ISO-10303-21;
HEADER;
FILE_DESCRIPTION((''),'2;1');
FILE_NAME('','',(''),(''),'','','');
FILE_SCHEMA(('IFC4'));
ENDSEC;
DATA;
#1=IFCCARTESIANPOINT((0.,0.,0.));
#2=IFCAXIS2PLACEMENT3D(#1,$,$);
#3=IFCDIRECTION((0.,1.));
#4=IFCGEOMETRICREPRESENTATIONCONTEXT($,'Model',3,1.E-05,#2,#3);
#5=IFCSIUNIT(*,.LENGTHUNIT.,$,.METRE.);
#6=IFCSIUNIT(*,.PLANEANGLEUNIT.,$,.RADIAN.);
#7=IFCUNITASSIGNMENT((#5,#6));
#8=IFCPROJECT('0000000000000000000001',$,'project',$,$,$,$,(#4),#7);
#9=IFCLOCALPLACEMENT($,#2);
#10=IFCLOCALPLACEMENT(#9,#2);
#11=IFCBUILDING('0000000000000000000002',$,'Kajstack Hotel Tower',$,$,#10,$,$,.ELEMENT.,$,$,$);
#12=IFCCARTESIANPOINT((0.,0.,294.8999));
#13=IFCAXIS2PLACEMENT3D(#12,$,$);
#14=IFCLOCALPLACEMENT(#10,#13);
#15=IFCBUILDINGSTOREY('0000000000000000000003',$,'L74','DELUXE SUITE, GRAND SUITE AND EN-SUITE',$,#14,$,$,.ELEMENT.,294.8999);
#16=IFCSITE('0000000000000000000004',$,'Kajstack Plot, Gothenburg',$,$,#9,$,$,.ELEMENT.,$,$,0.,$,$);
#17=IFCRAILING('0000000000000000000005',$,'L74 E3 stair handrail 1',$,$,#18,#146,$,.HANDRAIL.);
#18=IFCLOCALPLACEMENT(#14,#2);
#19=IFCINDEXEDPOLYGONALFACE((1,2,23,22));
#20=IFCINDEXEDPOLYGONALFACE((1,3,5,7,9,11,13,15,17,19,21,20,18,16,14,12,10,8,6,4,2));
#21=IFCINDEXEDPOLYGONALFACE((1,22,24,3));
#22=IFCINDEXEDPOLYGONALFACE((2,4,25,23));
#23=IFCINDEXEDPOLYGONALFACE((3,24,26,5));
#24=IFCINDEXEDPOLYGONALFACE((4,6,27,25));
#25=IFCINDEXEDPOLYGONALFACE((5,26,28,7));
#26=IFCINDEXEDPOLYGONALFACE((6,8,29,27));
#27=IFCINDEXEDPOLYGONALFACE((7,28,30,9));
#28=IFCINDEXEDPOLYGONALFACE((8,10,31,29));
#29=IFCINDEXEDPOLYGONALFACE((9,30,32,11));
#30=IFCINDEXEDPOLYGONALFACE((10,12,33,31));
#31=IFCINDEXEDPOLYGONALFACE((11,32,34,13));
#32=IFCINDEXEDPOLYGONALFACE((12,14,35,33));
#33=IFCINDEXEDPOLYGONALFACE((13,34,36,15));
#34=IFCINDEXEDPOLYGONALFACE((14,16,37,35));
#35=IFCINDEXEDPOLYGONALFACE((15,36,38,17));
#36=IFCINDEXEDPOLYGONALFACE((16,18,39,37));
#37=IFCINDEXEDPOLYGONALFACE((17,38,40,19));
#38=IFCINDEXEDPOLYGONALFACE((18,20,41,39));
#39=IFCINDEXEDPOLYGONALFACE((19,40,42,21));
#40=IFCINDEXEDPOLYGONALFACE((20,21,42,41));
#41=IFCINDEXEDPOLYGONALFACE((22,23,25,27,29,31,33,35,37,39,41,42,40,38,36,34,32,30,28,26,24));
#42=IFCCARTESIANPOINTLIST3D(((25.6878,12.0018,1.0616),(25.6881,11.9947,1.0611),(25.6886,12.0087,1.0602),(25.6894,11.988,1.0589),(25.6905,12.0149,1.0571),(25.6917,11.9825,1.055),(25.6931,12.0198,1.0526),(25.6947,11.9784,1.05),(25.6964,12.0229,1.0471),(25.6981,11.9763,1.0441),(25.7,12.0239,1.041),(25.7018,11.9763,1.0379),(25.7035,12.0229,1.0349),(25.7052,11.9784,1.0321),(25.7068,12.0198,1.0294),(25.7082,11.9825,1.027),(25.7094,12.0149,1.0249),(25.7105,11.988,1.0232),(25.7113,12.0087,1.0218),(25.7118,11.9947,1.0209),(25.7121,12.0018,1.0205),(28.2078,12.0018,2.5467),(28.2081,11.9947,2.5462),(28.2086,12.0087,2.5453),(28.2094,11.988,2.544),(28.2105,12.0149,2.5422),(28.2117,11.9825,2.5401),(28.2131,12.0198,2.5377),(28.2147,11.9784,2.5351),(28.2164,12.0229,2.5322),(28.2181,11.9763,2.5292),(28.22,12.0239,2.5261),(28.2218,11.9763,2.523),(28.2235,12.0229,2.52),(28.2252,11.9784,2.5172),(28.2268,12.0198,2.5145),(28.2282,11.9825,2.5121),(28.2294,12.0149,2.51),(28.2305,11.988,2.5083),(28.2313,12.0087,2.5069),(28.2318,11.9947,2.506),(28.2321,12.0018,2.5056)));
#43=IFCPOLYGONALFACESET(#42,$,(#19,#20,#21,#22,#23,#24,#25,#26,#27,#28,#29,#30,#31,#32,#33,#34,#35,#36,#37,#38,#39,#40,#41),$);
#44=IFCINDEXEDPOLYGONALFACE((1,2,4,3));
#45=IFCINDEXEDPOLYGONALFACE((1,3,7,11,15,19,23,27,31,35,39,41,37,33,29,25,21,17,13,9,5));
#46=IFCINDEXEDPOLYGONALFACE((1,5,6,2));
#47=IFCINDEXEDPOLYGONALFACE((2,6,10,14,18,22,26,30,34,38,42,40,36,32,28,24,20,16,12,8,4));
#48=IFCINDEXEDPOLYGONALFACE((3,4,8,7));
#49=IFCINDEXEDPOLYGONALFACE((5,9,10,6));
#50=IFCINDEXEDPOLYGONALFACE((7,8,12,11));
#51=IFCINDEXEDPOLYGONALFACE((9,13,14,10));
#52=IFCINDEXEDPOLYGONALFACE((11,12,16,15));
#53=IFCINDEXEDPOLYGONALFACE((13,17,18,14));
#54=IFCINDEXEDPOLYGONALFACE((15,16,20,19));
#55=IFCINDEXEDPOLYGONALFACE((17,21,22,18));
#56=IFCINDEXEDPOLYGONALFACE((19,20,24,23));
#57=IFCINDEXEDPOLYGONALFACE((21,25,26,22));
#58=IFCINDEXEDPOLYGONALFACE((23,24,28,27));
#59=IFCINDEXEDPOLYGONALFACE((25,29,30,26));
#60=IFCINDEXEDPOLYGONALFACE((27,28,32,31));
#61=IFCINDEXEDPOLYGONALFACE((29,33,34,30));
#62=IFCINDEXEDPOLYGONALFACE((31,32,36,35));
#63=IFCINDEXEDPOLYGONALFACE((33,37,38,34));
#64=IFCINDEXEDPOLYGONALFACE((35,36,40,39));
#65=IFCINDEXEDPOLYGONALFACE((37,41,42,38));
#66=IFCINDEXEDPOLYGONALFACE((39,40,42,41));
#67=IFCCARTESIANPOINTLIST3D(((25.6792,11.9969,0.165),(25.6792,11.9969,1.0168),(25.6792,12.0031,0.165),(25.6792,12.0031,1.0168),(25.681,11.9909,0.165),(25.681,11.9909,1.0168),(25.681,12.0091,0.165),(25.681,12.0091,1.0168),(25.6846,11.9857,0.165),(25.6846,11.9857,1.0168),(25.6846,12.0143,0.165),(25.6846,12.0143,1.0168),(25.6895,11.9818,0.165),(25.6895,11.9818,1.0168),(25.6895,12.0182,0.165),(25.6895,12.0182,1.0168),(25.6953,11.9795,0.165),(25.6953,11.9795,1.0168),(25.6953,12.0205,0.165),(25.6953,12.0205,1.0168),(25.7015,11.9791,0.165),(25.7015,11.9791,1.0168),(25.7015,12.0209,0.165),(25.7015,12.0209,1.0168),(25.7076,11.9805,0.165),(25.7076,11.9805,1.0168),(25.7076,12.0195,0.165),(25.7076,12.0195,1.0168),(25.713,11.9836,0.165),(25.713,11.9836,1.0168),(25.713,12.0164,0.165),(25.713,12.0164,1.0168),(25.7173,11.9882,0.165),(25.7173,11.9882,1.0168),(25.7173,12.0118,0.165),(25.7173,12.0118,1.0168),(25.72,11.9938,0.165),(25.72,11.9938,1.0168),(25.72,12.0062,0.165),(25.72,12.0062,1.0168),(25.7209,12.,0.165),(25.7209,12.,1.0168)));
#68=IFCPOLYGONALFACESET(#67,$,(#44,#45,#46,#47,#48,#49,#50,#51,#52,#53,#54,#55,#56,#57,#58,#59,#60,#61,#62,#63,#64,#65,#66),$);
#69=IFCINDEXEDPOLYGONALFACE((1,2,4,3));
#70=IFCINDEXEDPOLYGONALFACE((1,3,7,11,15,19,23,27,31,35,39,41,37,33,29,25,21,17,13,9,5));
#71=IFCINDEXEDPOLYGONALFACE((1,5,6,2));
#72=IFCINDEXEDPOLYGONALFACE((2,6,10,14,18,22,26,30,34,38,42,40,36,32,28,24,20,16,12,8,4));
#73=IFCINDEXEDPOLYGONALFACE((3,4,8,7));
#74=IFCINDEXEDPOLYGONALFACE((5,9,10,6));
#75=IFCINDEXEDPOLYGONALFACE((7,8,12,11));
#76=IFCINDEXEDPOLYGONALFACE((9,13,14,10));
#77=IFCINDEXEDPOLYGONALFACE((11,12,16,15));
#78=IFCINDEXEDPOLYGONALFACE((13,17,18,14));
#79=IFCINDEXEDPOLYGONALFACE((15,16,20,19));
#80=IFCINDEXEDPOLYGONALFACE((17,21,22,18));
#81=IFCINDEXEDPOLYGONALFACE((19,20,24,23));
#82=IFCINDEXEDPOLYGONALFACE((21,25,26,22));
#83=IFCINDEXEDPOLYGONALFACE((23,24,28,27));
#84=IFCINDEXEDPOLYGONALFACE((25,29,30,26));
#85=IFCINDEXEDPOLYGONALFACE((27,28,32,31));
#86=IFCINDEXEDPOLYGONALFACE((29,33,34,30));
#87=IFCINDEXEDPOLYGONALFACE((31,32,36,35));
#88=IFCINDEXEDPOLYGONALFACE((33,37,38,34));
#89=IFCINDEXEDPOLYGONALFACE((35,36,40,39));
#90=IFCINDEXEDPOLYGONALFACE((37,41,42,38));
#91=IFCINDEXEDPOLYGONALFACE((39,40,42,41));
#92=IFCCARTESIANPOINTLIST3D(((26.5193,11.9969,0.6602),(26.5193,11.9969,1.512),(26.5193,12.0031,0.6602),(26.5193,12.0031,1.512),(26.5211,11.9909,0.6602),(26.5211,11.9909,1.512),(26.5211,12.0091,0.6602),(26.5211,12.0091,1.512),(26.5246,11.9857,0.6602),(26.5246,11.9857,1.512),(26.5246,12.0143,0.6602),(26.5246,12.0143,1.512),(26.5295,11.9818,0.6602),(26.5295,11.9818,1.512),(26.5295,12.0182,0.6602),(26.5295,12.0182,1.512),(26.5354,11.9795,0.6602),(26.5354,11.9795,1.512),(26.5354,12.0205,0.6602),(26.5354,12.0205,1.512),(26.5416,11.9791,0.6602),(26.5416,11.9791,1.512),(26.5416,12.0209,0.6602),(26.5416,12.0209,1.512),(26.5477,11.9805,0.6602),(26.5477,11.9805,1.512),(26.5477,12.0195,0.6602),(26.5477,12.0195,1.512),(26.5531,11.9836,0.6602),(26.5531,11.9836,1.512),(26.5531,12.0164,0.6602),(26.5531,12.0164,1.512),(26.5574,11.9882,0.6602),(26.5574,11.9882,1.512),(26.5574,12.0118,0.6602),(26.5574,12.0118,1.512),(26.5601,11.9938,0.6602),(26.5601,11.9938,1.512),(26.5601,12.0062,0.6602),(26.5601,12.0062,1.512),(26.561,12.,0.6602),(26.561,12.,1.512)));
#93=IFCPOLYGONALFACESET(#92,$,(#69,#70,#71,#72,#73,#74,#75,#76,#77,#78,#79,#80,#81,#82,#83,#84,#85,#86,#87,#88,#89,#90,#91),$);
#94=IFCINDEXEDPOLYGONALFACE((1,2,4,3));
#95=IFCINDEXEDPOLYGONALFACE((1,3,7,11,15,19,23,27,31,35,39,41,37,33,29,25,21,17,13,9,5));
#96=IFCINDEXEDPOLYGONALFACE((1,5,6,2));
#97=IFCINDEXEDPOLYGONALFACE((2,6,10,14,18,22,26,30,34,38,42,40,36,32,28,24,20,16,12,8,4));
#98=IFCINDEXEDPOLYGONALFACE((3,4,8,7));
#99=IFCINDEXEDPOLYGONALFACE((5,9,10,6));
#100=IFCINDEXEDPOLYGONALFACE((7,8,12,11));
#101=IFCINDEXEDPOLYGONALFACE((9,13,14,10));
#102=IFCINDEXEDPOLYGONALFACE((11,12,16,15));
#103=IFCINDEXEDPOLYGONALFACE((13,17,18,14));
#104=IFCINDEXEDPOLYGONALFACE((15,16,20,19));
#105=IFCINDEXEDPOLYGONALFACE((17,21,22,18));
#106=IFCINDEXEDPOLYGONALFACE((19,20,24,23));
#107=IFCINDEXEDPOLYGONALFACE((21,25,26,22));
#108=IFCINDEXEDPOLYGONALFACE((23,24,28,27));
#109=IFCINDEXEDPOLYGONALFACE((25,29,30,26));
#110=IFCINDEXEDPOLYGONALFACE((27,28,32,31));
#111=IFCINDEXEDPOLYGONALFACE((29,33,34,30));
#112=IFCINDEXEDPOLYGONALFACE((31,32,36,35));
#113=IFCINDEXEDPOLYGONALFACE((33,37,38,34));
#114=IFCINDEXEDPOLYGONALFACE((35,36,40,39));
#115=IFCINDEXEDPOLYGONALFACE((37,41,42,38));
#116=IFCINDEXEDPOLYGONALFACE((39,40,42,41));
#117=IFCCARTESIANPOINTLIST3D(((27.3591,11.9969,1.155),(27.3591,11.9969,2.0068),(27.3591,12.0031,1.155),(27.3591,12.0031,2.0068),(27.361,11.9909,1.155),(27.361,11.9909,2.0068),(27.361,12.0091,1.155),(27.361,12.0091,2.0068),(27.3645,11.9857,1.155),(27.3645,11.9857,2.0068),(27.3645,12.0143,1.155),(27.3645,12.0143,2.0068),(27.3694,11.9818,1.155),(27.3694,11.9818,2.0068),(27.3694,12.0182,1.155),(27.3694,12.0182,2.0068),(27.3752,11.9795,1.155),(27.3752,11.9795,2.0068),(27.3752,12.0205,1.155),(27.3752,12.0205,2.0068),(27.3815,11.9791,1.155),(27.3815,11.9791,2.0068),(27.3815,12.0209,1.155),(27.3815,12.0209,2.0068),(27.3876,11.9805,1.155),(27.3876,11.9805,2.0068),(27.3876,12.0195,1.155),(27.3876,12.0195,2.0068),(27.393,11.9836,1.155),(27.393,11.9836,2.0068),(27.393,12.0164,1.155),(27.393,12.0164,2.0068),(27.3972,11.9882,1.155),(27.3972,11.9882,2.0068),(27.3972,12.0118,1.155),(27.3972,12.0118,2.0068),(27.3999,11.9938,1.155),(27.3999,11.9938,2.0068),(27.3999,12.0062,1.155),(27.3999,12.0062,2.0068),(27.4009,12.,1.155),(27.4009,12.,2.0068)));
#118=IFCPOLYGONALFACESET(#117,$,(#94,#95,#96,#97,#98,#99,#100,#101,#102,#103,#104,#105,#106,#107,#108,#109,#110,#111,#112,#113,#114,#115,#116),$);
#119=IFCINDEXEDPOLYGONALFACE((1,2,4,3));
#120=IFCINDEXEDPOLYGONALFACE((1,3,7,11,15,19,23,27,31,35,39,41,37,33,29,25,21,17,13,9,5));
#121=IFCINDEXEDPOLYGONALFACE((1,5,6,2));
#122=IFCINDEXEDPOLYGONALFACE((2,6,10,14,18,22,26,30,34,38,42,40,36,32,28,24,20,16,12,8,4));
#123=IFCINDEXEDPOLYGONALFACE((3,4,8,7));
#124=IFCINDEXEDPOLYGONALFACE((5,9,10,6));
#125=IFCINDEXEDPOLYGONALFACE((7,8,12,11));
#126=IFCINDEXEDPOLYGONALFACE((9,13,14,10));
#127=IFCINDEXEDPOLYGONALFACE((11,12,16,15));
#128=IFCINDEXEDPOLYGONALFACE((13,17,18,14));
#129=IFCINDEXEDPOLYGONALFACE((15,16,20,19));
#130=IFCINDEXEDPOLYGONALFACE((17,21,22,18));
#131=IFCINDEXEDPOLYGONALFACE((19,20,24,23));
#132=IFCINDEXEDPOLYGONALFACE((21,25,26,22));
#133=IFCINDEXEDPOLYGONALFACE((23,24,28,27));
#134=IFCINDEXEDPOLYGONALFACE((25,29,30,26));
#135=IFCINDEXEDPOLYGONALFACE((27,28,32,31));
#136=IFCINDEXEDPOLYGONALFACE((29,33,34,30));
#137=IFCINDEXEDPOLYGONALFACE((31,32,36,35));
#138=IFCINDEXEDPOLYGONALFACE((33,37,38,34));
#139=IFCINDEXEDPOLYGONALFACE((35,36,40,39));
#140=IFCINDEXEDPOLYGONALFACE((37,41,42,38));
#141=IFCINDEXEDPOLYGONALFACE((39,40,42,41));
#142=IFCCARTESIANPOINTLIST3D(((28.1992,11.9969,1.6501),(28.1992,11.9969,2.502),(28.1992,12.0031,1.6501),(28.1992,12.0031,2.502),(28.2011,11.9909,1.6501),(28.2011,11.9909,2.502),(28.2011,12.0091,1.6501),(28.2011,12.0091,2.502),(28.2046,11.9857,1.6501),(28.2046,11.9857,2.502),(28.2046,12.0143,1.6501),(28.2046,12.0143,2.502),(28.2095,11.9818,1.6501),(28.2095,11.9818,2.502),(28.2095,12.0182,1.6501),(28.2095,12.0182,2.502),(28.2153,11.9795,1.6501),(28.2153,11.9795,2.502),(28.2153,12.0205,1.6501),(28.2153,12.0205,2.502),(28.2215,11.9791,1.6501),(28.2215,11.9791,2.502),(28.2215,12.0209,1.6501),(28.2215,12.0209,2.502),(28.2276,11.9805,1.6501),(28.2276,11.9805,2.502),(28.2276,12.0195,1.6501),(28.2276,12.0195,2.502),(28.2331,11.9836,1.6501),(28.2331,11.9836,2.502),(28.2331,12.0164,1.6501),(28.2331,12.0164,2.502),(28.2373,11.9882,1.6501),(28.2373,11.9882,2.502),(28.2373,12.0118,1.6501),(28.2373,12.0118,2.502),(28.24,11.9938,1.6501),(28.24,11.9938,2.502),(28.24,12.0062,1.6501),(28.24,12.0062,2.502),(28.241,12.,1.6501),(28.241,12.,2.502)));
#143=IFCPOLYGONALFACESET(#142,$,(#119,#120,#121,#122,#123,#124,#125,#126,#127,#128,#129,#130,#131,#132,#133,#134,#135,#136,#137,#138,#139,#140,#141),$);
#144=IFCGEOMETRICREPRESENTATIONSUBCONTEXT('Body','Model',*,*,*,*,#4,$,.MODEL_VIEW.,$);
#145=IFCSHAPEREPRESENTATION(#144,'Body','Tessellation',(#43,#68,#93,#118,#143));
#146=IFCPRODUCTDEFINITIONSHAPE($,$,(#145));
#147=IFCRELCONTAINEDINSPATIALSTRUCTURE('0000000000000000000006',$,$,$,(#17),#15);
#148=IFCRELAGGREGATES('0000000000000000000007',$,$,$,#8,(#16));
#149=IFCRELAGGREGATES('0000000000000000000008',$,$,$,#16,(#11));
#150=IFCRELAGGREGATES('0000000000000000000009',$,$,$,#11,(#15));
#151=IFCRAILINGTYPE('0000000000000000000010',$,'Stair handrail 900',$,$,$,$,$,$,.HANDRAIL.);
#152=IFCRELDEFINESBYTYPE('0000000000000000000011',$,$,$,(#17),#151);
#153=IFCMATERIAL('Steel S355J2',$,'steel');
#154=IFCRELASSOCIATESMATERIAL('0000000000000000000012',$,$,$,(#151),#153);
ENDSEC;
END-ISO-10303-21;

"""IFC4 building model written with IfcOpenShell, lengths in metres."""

from ifc_helpers import new_model, si_unit, direction, frame, origin, origin_2d, place, context, subcontext, project, spatial, circle, extrude, material, type_object, element, save


model = new_model("IFC4")

# Units and contexts
model_context = context("Model", 3, precision=1e-05, world=origin(), true_north=direction((0.0, 1.0)))
body_context = subcontext(model_context, "Body", "Model", "MODEL_VIEW")
ifc_project = project(units=[si_unit("LENGTHUNIT", "METRE"), si_unit("PLANEANGLEUNIT", "RADIAN")], contexts=[model_context])

# Site, building, storey
site_placement = place(None, origin())
site = spatial("IfcSite", under=ifc_project, at=site_placement, Name="Kajstack Plot, Gothenburg", CompositionType="ELEMENT", RefElevation=0.0)
building_placement = place(site_placement, origin())
building = spatial("IfcBuilding", under=site, at=building_placement, Name="Kajstack Hotel Tower", CompositionType="ELEMENT")
storey_placement = place(building_placement, frame((0.0, 0.0, 294.8999)))
storey = spatial("IfcBuildingStorey", under=building, at=storey_placement, Name="L74", Description="DELUXE SUITE, GRAND SUITE AND EN-SUITE", CompositionType="ELEMENT", Elevation=294.8999)

# Railing
ifc_material_1 = material(Name="Steel S355J2", Category="steel")
railing_type_1 = type_object("IfcRailingType", Name="Stair handrail 900", PredefinedType="HANDRAIL", material=ifc_material_1)
railing_1_placement = place(storey_placement, frame((25.7, 12.0, 0.165)))
element("IfcRailing", 1, at=railing_1_placement, inside=storey, type_object=railing_type_1, Name="L74 E3 stair handrail 1", PredefinedType="HANDRAIL", context=body_context, shape_type="SweptSolid", body=[
    extrude(circle(Radius=0.0239, at=origin_2d()), frame((0.0, 0.0, 0.876), z_axis=(0.861524, 0.0, 0.507717), x_axis=(0.0, 1.0, 0.0)), (0.0, 0.0, 1.0), 2.925),
    extrude(circle(Radius=0.021, at=origin_2d()), origin(), (0.0, 0.0, 1.0), 0.8518),
    extrude(circle(Radius=0.021, at=origin_2d()), frame((0.8401, 0.0, 0.4951)), (0.0, 0.0, 1.0), 0.8518),
    extrude(circle(Radius=0.021, at=origin_2d()), frame((1.6799, 0.0, 0.99)), (0.0, 0.0, 1.0), 0.8518),
    extrude(circle(Radius=0.021, at=origin_2d()), frame((2.52, 0.0, 1.4851)), (0.0, 0.0, 1.0), 0.8518),
])

save(model, "model.ifc")
